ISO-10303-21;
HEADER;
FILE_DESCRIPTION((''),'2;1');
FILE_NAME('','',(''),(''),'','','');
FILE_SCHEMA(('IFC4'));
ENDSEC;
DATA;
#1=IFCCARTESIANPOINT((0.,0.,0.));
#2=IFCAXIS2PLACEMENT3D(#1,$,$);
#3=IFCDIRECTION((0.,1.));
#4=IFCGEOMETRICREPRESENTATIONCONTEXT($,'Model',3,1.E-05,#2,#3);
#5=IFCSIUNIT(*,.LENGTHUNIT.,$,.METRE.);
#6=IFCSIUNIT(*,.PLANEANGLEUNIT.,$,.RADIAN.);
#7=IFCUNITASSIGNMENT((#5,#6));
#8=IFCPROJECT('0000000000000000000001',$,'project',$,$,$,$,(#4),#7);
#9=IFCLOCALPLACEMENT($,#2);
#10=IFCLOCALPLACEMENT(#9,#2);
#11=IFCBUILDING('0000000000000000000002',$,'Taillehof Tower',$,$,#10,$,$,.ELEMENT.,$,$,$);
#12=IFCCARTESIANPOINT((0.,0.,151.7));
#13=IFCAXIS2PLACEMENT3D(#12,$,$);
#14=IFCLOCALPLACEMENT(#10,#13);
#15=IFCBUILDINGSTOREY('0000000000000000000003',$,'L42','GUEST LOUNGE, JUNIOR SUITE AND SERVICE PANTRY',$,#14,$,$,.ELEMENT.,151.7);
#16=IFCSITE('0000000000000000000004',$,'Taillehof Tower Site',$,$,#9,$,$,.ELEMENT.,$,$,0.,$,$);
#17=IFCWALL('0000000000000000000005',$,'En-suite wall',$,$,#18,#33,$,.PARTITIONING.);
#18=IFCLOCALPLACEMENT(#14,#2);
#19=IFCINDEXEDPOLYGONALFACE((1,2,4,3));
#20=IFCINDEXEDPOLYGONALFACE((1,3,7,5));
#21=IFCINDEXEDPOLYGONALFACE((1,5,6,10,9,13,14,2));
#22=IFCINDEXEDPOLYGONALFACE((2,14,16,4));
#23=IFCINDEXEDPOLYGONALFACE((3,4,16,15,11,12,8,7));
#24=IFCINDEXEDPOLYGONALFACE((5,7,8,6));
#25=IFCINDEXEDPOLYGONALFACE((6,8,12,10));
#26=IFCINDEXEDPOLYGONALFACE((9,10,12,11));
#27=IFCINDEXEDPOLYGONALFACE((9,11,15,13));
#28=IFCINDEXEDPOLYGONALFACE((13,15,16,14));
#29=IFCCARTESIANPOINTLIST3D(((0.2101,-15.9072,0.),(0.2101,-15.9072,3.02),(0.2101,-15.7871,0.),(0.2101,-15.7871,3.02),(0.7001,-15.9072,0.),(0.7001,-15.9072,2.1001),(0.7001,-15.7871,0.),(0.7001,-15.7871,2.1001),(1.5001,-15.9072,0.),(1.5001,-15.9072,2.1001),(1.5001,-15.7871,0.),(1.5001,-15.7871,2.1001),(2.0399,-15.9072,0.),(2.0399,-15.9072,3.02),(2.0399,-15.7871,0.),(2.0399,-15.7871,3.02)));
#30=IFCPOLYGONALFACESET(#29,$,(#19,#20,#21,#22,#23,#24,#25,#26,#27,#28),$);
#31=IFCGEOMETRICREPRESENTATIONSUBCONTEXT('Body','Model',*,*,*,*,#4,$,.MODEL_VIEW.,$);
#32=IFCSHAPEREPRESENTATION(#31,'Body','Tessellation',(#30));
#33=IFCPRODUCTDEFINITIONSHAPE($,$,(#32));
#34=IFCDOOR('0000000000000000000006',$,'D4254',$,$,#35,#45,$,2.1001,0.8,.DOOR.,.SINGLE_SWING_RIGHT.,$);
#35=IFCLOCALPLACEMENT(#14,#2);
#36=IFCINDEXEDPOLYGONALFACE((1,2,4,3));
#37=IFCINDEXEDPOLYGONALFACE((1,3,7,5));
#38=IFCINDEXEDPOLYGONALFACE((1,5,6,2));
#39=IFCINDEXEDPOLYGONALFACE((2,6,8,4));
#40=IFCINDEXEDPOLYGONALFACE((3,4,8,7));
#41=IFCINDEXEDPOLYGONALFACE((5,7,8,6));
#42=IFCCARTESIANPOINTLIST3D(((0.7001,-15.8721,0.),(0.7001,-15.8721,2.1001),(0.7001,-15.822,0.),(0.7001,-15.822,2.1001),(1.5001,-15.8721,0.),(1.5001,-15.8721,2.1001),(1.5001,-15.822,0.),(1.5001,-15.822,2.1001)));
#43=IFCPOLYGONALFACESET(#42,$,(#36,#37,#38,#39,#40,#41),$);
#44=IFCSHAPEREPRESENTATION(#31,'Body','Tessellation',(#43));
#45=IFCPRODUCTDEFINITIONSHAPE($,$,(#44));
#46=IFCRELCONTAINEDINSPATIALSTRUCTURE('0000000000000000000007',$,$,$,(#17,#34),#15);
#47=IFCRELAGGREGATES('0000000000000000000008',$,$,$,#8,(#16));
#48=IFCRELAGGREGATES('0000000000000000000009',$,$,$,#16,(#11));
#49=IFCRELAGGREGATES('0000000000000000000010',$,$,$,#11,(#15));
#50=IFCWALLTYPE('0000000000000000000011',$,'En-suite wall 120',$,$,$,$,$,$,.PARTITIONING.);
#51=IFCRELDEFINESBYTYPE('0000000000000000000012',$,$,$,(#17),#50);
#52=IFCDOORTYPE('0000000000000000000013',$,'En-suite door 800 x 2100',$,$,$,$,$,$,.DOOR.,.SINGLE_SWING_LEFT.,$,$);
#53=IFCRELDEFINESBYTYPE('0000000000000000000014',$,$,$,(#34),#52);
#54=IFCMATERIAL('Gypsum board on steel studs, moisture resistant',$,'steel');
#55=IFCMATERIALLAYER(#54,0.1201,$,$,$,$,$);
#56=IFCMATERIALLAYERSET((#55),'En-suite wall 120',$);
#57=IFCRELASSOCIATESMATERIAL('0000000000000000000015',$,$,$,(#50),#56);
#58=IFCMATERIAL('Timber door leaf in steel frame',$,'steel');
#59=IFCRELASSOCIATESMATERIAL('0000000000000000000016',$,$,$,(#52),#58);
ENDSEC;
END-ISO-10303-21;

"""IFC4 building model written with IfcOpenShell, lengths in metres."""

from ifc_helpers import new_model, si_unit, direction, frame, frame_2d, origin, place, context, subcontext, project, spatial, rectangle, extrude, material, layer, layer_set, type_object, element, fill, save


model = new_model("IFC4")

# Units and contexts
model_context = context("Model", 3, precision=1e-05, world=origin(), true_north=direction((0.0, 1.0)))
body_context = subcontext(model_context, "Body", "Model", "MODEL_VIEW")
ifc_project = project(units=[si_unit("LENGTHUNIT", "METRE"), si_unit("PLANEANGLEUNIT", "RADIAN")], contexts=[model_context])

# Site, building, storey
site_placement = place(None, origin())
site = spatial("IfcSite", under=ifc_project, at=site_placement, Name="Taillehof Tower Site", CompositionType="ELEMENT", RefElevation=0.0)
building_placement = place(site_placement, origin())
building = spatial("IfcBuilding", under=site, at=building_placement, Name="Taillehof Tower", CompositionType="ELEMENT")
storey_placement = place(building_placement, frame((0.0, 0.0, 151.7)))
storey = spatial("IfcBuildingStorey", under=building, at=storey_placement, Name="L42", Description="GUEST LOUNGE, JUNIOR SUITE AND SERVICE PANTRY", CompositionType="ELEMENT", Elevation=151.7)

# Shared definitions
ifc_material_1 = material(Name="Gypsum board on steel studs, moisture resistant", Category="steel")
ifc_layer_1 = layer(ifc_material_1, 0.1201)
ifc_layer_set_1 = layer_set([ifc_layer_1], Name="En-suite wall 120")
wall_type_1 = type_object("IfcWallType", Name="En-suite wall 120", PredefinedType="PARTITIONING", material=ifc_layer_set_1)

# Wall, opening, door
wall_1_placement = place(storey_placement, frame((2.04, -15.8472, 0.0), z_axis=(0.0, 0.0, 1.0), x_axis=(-1.0, 0.0, 0.0)))
wall_1 = element("IfcWall", 1, at=wall_1_placement, inside=storey, type_object=wall_type_1, Name="En-suite wall", PredefinedType="PARTITIONING", context=body_context, shape_type="SweptSolid", body=[
    extrude(rectangle(XDim=1.8298, YDim=0.1201, at=frame_2d((0.915, 0.0))), origin(), (0.0, 0.0, 1.0), 3.02),
])
opening_1_placement = place(wall_1_placement, frame((0.54, 0.0, 0.0)))
opening_1 = element("IfcOpeningElement", 2, at=opening_1_placement, cuts=wall_1, PredefinedType="OPENING", context=body_context, shape_type="SweptSolid", body=[
    extrude(rectangle(XDim=0.8, YDim=2.1001, at=frame_2d((0.3999, 1.05))), frame((0.0, 0.0701, 0.0), z_axis=(0.0, -1.0, 0.0), x_axis=(1.0, 0.0, 0.0)), (0.0, 0.0, 1.0), 0.1401),
])
ifc_material_2 = material(Name="Timber door leaf in steel frame", Category="steel")
door_type_1 = type_object("IfcDoorType", Name="En-suite door 800 x 2100", OperationType="SINGLE_SWING_LEFT", PredefinedType="DOOR", material=ifc_material_2)
door_1_placement = place(opening_1_placement, origin())
door_1 = element("IfcDoor", 3, at=door_1_placement, inside=storey, type_object=door_type_1, Name="D4254", OperationType="SINGLE_SWING_RIGHT", OverallHeight=2.1001, OverallWidth=0.8, PredefinedType="DOOR", context=body_context, shape_type="SweptSolid", body=[
    extrude(rectangle(XDim=0.8, YDim=2.1001, at=frame_2d((0.3999, 1.05))), frame((0.0, 0.0249, 0.0), z_axis=(0.0, -1.0, 0.0), x_axis=(1.0, 0.0, 0.0)), (0.0, 0.0, 1.0), 0.05),
])
fill(opening_1, door_1)

save(model, "model.ifc")
